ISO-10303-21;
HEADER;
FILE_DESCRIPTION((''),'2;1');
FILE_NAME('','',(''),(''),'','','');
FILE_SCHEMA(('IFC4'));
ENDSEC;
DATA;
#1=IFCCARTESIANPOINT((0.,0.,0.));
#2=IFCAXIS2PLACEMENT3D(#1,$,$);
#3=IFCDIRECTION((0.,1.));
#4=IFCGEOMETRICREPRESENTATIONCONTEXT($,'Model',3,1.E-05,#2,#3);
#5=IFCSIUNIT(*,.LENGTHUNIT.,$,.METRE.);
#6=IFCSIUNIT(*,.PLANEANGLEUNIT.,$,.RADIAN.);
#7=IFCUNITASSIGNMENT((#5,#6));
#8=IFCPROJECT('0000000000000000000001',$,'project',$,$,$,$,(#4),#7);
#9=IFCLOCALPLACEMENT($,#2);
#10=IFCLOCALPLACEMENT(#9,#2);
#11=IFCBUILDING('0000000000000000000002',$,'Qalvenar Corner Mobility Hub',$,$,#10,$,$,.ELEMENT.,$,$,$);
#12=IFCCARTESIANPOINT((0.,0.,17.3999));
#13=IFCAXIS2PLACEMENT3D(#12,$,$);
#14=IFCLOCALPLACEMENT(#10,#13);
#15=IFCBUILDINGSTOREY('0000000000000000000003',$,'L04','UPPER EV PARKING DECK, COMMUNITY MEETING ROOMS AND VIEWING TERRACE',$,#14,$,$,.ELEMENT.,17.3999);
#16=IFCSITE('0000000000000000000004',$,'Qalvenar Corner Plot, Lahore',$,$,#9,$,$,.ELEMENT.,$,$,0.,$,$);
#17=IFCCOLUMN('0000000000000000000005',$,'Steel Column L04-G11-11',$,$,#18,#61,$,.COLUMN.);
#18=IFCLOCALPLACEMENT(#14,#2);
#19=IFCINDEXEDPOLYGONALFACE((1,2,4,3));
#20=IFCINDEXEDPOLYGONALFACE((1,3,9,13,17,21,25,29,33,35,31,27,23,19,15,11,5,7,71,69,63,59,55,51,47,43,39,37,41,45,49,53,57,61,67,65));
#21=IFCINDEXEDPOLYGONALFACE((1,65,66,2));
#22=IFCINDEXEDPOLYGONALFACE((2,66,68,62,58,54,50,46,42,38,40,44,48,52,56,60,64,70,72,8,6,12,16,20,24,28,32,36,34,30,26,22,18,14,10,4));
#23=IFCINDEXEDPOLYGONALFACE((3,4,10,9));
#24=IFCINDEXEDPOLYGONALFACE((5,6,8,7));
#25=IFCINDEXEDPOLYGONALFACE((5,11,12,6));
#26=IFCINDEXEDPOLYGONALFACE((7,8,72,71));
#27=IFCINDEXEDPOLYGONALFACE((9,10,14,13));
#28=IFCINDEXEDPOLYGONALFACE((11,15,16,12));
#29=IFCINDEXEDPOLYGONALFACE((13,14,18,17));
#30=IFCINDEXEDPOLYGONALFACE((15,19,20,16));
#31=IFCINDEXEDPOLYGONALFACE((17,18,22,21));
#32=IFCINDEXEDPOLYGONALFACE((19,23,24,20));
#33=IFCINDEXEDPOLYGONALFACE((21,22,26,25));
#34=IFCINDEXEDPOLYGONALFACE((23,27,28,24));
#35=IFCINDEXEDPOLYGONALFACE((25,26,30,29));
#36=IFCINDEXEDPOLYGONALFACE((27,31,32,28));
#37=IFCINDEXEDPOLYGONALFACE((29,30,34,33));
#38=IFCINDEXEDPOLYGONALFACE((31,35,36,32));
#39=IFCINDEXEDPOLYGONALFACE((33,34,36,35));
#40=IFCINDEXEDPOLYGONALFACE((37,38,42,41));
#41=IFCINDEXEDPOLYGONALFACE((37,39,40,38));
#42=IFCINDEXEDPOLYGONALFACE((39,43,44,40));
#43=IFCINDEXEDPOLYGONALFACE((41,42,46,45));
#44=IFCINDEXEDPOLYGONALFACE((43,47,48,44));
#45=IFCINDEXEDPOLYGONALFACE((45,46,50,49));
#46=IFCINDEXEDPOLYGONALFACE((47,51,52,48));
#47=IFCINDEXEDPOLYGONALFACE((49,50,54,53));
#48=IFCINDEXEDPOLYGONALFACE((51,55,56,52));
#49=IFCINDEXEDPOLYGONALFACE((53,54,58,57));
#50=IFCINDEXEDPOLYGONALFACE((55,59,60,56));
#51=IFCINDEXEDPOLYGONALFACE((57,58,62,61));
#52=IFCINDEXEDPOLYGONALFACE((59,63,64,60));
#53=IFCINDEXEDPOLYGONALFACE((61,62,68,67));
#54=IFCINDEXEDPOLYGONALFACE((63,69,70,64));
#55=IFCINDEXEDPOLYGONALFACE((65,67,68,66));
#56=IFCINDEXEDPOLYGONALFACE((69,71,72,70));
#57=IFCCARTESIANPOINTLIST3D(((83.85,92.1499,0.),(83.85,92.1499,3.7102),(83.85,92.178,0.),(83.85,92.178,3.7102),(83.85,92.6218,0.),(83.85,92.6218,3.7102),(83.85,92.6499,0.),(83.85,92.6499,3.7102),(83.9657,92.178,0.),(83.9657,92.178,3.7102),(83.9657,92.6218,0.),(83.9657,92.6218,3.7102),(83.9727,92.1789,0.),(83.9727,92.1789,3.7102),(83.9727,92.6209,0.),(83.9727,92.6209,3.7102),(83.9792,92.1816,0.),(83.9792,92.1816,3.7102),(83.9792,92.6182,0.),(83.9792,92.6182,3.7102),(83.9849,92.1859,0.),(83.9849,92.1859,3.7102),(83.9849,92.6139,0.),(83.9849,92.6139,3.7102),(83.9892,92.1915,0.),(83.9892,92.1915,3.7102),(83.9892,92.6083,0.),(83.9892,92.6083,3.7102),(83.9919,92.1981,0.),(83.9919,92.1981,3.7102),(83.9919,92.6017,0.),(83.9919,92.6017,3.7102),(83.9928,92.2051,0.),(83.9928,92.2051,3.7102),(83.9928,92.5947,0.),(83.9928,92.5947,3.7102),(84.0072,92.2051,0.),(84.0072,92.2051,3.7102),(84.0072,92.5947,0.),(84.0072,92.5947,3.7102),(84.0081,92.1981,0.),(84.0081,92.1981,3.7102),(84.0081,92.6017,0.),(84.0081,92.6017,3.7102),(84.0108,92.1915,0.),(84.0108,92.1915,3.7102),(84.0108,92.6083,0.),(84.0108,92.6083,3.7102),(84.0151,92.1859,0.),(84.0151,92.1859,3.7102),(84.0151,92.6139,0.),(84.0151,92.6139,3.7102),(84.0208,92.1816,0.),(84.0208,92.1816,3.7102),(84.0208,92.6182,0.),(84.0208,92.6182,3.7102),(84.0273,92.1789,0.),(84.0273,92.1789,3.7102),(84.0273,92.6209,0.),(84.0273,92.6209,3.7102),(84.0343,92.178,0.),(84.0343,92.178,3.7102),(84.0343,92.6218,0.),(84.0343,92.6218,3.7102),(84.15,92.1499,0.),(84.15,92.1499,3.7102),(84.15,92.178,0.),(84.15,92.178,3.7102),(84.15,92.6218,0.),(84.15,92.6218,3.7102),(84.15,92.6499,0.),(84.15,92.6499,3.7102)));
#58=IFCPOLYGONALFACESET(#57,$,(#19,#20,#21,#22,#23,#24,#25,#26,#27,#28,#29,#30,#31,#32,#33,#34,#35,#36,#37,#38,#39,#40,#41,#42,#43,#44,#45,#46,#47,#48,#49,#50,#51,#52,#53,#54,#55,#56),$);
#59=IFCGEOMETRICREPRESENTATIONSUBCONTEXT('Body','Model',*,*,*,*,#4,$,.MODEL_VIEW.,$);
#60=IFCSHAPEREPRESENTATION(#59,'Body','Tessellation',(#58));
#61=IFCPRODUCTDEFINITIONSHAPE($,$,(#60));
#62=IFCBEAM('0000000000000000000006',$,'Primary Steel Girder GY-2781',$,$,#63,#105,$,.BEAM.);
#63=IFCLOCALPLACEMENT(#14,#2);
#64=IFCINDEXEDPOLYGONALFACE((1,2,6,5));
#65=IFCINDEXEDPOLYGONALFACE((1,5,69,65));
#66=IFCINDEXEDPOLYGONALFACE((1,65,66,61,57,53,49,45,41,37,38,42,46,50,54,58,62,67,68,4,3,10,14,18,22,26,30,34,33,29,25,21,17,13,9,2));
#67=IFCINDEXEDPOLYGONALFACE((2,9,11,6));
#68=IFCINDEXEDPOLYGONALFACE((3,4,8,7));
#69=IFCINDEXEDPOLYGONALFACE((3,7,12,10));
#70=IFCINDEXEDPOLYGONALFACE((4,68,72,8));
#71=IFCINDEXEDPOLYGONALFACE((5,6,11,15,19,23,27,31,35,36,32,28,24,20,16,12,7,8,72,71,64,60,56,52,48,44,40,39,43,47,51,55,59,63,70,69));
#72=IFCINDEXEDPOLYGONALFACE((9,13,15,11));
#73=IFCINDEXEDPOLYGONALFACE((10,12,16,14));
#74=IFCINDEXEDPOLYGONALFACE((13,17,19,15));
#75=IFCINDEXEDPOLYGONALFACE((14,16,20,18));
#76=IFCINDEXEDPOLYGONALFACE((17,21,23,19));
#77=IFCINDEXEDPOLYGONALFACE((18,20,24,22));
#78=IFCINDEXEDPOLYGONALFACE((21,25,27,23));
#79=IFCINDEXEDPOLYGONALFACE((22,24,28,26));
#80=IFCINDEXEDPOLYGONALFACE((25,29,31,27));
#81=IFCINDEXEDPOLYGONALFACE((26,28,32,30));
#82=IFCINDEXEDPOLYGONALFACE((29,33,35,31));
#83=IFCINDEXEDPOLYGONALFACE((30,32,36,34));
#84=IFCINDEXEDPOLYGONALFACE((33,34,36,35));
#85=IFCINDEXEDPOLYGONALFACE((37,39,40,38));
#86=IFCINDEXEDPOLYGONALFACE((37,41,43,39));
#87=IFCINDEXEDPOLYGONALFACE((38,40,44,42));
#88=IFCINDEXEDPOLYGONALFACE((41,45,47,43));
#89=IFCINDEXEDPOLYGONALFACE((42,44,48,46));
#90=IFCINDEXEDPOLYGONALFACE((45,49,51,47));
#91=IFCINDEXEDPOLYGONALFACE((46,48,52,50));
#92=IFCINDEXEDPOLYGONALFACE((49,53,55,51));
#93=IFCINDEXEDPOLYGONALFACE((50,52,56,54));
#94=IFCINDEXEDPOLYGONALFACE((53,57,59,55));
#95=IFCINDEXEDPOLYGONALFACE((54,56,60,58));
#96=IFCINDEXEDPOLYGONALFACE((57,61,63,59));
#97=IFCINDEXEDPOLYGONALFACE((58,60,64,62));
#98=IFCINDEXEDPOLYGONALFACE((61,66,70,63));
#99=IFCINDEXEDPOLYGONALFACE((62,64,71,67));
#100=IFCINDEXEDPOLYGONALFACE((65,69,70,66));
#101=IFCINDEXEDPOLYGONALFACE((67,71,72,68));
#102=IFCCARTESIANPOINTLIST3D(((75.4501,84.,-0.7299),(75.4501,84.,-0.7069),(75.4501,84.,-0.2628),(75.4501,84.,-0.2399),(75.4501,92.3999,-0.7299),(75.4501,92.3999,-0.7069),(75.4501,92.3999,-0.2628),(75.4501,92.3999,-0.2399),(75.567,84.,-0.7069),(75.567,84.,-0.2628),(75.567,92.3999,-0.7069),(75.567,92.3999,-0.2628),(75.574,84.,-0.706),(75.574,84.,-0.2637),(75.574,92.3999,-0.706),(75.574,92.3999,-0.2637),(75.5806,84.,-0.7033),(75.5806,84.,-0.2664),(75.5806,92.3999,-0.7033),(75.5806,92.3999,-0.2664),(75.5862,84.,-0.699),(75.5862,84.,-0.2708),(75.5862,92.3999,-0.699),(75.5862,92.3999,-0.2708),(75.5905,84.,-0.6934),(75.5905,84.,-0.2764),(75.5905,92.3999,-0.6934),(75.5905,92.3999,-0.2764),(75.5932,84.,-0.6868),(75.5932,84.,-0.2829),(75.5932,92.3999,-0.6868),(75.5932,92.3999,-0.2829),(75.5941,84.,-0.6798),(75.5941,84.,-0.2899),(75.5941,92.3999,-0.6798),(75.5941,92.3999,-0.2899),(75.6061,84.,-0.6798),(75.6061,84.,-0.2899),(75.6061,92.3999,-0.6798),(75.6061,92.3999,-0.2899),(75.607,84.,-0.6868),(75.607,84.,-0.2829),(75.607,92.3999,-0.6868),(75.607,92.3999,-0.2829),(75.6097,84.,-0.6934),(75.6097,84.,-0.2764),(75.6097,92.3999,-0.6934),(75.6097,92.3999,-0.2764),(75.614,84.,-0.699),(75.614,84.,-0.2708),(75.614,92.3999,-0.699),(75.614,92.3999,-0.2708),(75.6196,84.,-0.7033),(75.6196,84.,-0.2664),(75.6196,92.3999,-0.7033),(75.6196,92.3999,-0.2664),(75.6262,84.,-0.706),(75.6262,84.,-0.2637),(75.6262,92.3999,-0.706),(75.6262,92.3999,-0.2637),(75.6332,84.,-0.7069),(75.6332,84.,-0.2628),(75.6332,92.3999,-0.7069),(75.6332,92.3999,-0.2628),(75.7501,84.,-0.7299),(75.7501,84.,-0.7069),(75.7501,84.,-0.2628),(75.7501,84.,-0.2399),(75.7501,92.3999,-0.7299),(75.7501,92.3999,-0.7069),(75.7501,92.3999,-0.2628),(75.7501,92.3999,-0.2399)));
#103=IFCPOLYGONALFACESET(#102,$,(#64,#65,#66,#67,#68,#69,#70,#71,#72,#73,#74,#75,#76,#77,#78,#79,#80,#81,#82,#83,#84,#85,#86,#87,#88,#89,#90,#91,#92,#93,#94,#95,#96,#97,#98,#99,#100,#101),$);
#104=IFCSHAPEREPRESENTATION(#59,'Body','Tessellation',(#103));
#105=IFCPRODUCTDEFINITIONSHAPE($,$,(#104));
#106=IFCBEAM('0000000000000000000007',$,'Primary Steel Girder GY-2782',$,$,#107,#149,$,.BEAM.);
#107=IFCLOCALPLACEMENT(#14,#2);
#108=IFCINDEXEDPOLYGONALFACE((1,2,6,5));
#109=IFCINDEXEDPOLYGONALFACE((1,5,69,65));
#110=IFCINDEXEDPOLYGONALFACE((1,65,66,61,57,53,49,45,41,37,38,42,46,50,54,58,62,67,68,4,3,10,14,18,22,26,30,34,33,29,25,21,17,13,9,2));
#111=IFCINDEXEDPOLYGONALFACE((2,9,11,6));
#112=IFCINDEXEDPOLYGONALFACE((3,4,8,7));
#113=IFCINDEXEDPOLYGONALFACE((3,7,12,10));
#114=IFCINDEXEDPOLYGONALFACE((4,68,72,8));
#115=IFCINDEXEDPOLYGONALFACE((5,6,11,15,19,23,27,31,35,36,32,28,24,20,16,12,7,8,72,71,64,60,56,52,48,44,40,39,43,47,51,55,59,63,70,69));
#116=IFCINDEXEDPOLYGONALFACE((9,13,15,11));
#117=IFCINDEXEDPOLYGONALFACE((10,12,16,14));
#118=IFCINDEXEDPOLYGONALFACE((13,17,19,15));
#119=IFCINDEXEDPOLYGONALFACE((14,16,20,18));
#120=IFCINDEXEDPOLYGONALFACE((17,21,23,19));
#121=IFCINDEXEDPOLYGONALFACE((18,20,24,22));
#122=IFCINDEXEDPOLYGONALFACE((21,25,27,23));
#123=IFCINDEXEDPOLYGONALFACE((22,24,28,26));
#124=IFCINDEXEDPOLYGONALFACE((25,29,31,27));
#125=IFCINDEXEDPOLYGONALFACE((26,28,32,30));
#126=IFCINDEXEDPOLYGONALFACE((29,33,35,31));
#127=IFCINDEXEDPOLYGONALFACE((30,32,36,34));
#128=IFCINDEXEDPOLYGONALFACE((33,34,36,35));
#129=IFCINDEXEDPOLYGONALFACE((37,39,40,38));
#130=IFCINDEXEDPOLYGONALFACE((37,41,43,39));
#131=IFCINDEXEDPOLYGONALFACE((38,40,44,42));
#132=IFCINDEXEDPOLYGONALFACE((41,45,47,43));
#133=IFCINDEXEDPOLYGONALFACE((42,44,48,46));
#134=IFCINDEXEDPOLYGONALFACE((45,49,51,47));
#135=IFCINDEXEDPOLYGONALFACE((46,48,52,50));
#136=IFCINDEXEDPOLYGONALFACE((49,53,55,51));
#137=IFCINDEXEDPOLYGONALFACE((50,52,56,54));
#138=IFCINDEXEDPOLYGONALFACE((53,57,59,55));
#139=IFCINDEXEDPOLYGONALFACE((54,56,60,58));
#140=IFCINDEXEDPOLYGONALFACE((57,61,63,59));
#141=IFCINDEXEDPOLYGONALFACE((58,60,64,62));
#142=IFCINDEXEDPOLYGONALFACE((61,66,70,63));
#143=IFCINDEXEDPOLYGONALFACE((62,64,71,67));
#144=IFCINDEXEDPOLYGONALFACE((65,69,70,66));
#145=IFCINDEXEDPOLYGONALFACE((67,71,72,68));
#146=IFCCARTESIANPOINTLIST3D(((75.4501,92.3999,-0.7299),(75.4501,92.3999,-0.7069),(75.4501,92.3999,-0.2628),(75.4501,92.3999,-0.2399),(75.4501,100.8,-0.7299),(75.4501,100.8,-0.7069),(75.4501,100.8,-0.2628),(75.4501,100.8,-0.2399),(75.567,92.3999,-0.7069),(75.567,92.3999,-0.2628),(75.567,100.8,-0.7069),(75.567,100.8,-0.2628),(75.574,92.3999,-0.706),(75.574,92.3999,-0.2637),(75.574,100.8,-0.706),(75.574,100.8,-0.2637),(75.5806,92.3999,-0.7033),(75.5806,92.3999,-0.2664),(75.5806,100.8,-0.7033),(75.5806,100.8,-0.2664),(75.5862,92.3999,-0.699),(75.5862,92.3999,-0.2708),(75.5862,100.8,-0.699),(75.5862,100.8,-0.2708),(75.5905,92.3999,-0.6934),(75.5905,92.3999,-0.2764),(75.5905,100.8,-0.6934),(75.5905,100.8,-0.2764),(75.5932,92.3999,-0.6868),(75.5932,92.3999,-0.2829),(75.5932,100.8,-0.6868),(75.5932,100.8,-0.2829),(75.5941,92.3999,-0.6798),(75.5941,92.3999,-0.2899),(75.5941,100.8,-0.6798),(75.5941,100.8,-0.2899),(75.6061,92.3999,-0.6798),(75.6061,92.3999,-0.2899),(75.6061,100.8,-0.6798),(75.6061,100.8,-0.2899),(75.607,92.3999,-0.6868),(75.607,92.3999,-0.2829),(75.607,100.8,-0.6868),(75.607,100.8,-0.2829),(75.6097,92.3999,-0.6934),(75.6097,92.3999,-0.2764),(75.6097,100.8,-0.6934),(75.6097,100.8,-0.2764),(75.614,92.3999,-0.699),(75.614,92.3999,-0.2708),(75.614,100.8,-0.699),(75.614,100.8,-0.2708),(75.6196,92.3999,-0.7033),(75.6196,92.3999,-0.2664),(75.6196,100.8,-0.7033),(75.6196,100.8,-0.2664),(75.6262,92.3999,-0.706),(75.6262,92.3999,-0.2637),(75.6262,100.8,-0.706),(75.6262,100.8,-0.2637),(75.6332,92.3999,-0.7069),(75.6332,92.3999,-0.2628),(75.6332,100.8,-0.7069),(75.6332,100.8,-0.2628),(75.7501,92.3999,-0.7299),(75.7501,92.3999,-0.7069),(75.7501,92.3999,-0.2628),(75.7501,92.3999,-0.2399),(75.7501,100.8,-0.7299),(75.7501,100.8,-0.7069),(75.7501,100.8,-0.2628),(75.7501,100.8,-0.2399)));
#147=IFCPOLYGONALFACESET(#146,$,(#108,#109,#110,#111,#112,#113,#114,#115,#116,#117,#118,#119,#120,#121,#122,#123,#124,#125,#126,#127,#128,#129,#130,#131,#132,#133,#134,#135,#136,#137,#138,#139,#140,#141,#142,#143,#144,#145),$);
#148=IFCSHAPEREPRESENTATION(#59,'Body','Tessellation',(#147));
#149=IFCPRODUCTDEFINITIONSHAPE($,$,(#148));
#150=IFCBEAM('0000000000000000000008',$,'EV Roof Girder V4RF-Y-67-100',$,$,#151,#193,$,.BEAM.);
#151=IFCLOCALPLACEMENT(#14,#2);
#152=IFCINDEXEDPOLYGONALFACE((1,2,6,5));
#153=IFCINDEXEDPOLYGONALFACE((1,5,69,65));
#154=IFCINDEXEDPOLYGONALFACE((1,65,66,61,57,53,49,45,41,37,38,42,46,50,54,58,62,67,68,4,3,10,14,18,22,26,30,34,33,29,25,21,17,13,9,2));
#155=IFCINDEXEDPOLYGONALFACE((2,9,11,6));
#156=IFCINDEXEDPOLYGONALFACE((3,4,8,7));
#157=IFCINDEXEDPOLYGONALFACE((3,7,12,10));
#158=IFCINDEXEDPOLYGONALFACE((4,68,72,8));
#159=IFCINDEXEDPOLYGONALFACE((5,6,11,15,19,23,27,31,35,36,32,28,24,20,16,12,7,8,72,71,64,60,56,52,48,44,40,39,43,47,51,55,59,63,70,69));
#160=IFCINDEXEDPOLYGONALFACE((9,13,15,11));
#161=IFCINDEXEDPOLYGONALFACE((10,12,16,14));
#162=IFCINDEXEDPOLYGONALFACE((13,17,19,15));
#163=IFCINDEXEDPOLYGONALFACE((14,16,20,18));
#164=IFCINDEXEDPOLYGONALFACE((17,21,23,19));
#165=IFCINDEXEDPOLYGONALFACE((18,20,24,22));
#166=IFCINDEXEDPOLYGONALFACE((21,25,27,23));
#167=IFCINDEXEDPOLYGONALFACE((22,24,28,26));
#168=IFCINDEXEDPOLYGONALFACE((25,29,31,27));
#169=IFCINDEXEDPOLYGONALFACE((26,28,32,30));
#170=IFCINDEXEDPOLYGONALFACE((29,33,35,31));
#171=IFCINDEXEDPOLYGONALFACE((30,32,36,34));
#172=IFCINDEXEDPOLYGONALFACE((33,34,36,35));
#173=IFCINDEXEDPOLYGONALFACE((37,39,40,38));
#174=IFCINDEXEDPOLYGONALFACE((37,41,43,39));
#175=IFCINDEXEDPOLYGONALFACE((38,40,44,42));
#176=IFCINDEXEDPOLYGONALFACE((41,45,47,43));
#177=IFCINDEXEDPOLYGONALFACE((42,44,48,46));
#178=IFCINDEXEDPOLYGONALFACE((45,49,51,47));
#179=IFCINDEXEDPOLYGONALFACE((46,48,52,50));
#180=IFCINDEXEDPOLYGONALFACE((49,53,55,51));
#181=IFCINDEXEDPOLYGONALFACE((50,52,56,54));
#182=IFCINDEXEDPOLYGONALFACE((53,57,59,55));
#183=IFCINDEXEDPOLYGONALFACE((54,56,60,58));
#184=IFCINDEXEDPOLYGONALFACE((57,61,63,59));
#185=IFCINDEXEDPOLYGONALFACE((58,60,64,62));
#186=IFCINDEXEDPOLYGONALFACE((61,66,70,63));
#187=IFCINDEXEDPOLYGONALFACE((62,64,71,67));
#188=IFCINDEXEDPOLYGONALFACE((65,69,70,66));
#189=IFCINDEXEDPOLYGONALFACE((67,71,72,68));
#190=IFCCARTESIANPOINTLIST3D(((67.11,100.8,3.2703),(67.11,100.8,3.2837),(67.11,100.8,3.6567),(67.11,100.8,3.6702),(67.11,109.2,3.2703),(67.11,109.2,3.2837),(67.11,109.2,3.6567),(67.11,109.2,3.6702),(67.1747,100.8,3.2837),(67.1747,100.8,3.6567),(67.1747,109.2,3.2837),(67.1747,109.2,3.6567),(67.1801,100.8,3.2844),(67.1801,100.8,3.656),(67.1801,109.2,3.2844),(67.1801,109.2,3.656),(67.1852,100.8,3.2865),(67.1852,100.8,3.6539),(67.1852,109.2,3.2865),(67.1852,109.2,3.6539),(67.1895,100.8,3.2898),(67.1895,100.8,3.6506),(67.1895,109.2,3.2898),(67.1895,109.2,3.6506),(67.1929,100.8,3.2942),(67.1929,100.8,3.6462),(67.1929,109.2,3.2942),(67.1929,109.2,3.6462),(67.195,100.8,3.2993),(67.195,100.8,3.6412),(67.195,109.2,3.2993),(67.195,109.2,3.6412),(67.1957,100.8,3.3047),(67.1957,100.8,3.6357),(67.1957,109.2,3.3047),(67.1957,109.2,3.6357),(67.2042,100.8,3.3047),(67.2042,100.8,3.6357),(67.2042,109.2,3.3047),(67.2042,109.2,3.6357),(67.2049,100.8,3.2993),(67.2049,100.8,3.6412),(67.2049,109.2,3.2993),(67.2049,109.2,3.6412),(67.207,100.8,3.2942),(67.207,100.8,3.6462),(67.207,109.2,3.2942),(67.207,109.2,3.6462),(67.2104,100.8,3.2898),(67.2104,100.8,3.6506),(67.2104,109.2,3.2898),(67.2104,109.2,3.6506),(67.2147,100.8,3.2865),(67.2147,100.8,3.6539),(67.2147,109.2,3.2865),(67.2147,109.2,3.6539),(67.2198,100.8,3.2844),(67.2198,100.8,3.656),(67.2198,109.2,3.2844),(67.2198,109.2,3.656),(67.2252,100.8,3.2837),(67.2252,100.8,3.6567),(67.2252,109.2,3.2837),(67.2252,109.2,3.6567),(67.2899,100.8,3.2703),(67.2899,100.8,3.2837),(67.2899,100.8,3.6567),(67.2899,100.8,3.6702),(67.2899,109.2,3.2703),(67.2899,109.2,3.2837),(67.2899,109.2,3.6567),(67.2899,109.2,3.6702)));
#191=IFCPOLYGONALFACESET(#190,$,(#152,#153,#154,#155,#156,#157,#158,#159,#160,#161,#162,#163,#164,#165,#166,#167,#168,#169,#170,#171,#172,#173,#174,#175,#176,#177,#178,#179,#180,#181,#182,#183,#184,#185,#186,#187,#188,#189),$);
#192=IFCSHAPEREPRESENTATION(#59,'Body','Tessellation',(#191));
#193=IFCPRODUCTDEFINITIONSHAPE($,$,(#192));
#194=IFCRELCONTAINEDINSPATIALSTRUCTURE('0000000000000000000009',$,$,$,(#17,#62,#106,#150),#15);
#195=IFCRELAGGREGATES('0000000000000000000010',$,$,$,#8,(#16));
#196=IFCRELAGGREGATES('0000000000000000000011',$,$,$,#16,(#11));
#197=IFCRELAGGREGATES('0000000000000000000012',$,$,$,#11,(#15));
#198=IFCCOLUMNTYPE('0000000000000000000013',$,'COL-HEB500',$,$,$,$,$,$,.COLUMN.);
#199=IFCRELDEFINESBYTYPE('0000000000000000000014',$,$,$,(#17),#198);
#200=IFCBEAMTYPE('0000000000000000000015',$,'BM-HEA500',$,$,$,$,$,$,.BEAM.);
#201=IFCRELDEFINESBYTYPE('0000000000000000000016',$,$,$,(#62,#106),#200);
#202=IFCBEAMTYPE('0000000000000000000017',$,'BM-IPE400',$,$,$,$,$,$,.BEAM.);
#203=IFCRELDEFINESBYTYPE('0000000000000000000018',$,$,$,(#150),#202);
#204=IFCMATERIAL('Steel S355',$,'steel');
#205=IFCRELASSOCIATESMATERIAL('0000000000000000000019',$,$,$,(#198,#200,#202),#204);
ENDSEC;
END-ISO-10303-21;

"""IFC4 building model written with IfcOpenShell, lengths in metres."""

from ifc_helpers import new_model, si_unit, direction, frame, origin, origin_2d, place, context, subcontext, project, spatial, i_section, extrude, material, material_profile, profile_set, type_object, element, save


model = new_model("IFC4")

# Units and contexts
model_context = context("Model", 3, precision=1e-05, world=origin(), true_north=direction((0.0, 1.0)))
body_context = subcontext(model_context, "Body", "Model", "MODEL_VIEW")
ifc_project = project(units=[si_unit("LENGTHUNIT", "METRE"), si_unit("PLANEANGLEUNIT", "RADIAN")], contexts=[model_context])

# Site, building, storey
site_placement = place(None, origin())
site = spatial("IfcSite", under=ifc_project, at=site_placement, Name="Qalvenar Corner Plot, Lahore", CompositionType="ELEMENT", RefElevation=0.0)
building_placement = place(site_placement, origin())
building = spatial("IfcBuilding", under=site, at=building_placement, Name="Qalvenar Corner Mobility Hub", CompositionType="ELEMENT")
storey_placement = place(building_placement, frame((0.0, 0.0, 17.3999)))
storey = spatial("IfcBuildingStorey", under=building, at=storey_placement, Name="L04", Description="UPPER EV PARKING DECK, COMMUNITY MEETING ROOMS AND VIEWING TERRACE", CompositionType="ELEMENT", Elevation=17.3999)

# Column
ifc_material_1 = material(Name="Steel S355", Category="steel")
ifc_material_profile_1 = material_profile(ifc_material_1, i_section(OverallWidth=0.3, OverallDepth=0.5, WebThickness=0.0144, FlangeThickness=0.0281, FilletRadius=0.0271, at=origin_2d()), Name="HEB500")
ifc_profile_set_1 = profile_set([ifc_material_profile_1], Name="Steel S355")
column_type_1 = type_object("IfcColumnType", Name="COL-HEB500", PredefinedType="COLUMN", material=ifc_profile_set_1)
for number, where, z_axis, x_axis, name in (
    (1, (84.0, 92.3999, 0.0), (0.0, 0.0, 1.0), (1.0, 0.0, 0.0), "Steel Column L04-G11-11"),
):
    element("IfcColumn", number, at=place(storey_placement, frame(where, z_axis=z_axis, x_axis=x_axis)), inside=storey, type_object=column_type_1, Name=name, PredefinedType="COLUMN", context=body_context, shape_type="SweptSolid", body=[
        extrude(i_section(OverallWidth=0.3, OverallDepth=0.5, WebThickness=0.0144, FlangeThickness=0.0281, FilletRadius=0.0271, at=origin_2d()), origin(), (0.0, 0.0, 1.0), 3.7102),
    ])

# Beams
ifc_material_profile_2 = material_profile(ifc_material_1, i_section(OverallWidth=0.3, OverallDepth=0.49, WebThickness=0.012, FlangeThickness=0.0229, FilletRadius=0.0271, at=origin_2d()), Name="HEA500")
ifc_profile_set_2 = profile_set([ifc_material_profile_2], Name="Steel S355")
beam_type_1 = type_object("IfcBeamType", Name="BM-HEA500", PredefinedType="BEAM", material=ifc_profile_set_2)
beam_1_placement = place(storey_placement, frame((75.6001, 84.0, -0.4849), z_axis=(0.0, 1.0, 0.0), x_axis=(-1.0, 0.0, 0.0)))
element("IfcBeam", 2, at=beam_1_placement, inside=storey, type_object=beam_type_1, Name="Primary Steel Girder GY-2781", PredefinedType="BEAM", context=body_context, shape_type="SweptSolid", body=[
    extrude(i_section(OverallWidth=0.3, OverallDepth=0.49, WebThickness=0.012, FlangeThickness=0.0229, FilletRadius=0.0271, at=origin_2d()), origin(), (0.0, 0.0, 1.0), 8.3999),
])
beam_2_placement = place(storey_placement, frame((75.6001, 92.3999, -0.4849), z_axis=(0.0, 1.0, 0.0), x_axis=(-1.0, 0.0, 0.0)))
element("IfcBeam", 3, at=beam_2_placement, inside=storey, type_object=beam_type_1, Name="Primary Steel Girder GY-2782", PredefinedType="BEAM", context=body_context, shape_type="SweptSolid", body=[
    extrude(i_section(OverallWidth=0.3, OverallDepth=0.49, WebThickness=0.012, FlangeThickness=0.0229, FilletRadius=0.0271, at=origin_2d()), origin(), (0.0, 0.0, 1.0), 8.4001),
])
ifc_material_profile_3 = material_profile(ifc_material_1, i_section(OverallWidth=0.1799, OverallDepth=0.3999, WebThickness=0.0085, FlangeThickness=0.0134, FilletRadius=0.021, at=origin_2d()), Name="IPE400")
ifc_profile_set_3 = profile_set([ifc_material_profile_3], Name="Steel S355")
beam_type_2 = type_object("IfcBeamType", Name="BM-IPE400", PredefinedType="BEAM", material=ifc_profile_set_3)
for number, where, z_axis, x_axis, name in (
    (4, (67.2, 100.8, 3.4702), (0.0, 1.0, 0.0), (-1.0, 0.0, 0.0), "EV Roof Girder V4RF-Y-67-100"),
):
    element("IfcBeam", number, at=place(storey_placement, frame(where, z_axis=z_axis, x_axis=x_axis)), inside=storey, type_object=beam_type_2, Name=name, PredefinedType="BEAM", context=body_context, shape_type="SweptSolid", body=[
        extrude(i_section(OverallWidth=0.1799, OverallDepth=0.3999, WebThickness=0.0085, FlangeThickness=0.0134, FilletRadius=0.021, at=origin_2d()), origin(), (0.0, 0.0, 1.0), 8.3999),
    ])

save(model, "model.ifc")
